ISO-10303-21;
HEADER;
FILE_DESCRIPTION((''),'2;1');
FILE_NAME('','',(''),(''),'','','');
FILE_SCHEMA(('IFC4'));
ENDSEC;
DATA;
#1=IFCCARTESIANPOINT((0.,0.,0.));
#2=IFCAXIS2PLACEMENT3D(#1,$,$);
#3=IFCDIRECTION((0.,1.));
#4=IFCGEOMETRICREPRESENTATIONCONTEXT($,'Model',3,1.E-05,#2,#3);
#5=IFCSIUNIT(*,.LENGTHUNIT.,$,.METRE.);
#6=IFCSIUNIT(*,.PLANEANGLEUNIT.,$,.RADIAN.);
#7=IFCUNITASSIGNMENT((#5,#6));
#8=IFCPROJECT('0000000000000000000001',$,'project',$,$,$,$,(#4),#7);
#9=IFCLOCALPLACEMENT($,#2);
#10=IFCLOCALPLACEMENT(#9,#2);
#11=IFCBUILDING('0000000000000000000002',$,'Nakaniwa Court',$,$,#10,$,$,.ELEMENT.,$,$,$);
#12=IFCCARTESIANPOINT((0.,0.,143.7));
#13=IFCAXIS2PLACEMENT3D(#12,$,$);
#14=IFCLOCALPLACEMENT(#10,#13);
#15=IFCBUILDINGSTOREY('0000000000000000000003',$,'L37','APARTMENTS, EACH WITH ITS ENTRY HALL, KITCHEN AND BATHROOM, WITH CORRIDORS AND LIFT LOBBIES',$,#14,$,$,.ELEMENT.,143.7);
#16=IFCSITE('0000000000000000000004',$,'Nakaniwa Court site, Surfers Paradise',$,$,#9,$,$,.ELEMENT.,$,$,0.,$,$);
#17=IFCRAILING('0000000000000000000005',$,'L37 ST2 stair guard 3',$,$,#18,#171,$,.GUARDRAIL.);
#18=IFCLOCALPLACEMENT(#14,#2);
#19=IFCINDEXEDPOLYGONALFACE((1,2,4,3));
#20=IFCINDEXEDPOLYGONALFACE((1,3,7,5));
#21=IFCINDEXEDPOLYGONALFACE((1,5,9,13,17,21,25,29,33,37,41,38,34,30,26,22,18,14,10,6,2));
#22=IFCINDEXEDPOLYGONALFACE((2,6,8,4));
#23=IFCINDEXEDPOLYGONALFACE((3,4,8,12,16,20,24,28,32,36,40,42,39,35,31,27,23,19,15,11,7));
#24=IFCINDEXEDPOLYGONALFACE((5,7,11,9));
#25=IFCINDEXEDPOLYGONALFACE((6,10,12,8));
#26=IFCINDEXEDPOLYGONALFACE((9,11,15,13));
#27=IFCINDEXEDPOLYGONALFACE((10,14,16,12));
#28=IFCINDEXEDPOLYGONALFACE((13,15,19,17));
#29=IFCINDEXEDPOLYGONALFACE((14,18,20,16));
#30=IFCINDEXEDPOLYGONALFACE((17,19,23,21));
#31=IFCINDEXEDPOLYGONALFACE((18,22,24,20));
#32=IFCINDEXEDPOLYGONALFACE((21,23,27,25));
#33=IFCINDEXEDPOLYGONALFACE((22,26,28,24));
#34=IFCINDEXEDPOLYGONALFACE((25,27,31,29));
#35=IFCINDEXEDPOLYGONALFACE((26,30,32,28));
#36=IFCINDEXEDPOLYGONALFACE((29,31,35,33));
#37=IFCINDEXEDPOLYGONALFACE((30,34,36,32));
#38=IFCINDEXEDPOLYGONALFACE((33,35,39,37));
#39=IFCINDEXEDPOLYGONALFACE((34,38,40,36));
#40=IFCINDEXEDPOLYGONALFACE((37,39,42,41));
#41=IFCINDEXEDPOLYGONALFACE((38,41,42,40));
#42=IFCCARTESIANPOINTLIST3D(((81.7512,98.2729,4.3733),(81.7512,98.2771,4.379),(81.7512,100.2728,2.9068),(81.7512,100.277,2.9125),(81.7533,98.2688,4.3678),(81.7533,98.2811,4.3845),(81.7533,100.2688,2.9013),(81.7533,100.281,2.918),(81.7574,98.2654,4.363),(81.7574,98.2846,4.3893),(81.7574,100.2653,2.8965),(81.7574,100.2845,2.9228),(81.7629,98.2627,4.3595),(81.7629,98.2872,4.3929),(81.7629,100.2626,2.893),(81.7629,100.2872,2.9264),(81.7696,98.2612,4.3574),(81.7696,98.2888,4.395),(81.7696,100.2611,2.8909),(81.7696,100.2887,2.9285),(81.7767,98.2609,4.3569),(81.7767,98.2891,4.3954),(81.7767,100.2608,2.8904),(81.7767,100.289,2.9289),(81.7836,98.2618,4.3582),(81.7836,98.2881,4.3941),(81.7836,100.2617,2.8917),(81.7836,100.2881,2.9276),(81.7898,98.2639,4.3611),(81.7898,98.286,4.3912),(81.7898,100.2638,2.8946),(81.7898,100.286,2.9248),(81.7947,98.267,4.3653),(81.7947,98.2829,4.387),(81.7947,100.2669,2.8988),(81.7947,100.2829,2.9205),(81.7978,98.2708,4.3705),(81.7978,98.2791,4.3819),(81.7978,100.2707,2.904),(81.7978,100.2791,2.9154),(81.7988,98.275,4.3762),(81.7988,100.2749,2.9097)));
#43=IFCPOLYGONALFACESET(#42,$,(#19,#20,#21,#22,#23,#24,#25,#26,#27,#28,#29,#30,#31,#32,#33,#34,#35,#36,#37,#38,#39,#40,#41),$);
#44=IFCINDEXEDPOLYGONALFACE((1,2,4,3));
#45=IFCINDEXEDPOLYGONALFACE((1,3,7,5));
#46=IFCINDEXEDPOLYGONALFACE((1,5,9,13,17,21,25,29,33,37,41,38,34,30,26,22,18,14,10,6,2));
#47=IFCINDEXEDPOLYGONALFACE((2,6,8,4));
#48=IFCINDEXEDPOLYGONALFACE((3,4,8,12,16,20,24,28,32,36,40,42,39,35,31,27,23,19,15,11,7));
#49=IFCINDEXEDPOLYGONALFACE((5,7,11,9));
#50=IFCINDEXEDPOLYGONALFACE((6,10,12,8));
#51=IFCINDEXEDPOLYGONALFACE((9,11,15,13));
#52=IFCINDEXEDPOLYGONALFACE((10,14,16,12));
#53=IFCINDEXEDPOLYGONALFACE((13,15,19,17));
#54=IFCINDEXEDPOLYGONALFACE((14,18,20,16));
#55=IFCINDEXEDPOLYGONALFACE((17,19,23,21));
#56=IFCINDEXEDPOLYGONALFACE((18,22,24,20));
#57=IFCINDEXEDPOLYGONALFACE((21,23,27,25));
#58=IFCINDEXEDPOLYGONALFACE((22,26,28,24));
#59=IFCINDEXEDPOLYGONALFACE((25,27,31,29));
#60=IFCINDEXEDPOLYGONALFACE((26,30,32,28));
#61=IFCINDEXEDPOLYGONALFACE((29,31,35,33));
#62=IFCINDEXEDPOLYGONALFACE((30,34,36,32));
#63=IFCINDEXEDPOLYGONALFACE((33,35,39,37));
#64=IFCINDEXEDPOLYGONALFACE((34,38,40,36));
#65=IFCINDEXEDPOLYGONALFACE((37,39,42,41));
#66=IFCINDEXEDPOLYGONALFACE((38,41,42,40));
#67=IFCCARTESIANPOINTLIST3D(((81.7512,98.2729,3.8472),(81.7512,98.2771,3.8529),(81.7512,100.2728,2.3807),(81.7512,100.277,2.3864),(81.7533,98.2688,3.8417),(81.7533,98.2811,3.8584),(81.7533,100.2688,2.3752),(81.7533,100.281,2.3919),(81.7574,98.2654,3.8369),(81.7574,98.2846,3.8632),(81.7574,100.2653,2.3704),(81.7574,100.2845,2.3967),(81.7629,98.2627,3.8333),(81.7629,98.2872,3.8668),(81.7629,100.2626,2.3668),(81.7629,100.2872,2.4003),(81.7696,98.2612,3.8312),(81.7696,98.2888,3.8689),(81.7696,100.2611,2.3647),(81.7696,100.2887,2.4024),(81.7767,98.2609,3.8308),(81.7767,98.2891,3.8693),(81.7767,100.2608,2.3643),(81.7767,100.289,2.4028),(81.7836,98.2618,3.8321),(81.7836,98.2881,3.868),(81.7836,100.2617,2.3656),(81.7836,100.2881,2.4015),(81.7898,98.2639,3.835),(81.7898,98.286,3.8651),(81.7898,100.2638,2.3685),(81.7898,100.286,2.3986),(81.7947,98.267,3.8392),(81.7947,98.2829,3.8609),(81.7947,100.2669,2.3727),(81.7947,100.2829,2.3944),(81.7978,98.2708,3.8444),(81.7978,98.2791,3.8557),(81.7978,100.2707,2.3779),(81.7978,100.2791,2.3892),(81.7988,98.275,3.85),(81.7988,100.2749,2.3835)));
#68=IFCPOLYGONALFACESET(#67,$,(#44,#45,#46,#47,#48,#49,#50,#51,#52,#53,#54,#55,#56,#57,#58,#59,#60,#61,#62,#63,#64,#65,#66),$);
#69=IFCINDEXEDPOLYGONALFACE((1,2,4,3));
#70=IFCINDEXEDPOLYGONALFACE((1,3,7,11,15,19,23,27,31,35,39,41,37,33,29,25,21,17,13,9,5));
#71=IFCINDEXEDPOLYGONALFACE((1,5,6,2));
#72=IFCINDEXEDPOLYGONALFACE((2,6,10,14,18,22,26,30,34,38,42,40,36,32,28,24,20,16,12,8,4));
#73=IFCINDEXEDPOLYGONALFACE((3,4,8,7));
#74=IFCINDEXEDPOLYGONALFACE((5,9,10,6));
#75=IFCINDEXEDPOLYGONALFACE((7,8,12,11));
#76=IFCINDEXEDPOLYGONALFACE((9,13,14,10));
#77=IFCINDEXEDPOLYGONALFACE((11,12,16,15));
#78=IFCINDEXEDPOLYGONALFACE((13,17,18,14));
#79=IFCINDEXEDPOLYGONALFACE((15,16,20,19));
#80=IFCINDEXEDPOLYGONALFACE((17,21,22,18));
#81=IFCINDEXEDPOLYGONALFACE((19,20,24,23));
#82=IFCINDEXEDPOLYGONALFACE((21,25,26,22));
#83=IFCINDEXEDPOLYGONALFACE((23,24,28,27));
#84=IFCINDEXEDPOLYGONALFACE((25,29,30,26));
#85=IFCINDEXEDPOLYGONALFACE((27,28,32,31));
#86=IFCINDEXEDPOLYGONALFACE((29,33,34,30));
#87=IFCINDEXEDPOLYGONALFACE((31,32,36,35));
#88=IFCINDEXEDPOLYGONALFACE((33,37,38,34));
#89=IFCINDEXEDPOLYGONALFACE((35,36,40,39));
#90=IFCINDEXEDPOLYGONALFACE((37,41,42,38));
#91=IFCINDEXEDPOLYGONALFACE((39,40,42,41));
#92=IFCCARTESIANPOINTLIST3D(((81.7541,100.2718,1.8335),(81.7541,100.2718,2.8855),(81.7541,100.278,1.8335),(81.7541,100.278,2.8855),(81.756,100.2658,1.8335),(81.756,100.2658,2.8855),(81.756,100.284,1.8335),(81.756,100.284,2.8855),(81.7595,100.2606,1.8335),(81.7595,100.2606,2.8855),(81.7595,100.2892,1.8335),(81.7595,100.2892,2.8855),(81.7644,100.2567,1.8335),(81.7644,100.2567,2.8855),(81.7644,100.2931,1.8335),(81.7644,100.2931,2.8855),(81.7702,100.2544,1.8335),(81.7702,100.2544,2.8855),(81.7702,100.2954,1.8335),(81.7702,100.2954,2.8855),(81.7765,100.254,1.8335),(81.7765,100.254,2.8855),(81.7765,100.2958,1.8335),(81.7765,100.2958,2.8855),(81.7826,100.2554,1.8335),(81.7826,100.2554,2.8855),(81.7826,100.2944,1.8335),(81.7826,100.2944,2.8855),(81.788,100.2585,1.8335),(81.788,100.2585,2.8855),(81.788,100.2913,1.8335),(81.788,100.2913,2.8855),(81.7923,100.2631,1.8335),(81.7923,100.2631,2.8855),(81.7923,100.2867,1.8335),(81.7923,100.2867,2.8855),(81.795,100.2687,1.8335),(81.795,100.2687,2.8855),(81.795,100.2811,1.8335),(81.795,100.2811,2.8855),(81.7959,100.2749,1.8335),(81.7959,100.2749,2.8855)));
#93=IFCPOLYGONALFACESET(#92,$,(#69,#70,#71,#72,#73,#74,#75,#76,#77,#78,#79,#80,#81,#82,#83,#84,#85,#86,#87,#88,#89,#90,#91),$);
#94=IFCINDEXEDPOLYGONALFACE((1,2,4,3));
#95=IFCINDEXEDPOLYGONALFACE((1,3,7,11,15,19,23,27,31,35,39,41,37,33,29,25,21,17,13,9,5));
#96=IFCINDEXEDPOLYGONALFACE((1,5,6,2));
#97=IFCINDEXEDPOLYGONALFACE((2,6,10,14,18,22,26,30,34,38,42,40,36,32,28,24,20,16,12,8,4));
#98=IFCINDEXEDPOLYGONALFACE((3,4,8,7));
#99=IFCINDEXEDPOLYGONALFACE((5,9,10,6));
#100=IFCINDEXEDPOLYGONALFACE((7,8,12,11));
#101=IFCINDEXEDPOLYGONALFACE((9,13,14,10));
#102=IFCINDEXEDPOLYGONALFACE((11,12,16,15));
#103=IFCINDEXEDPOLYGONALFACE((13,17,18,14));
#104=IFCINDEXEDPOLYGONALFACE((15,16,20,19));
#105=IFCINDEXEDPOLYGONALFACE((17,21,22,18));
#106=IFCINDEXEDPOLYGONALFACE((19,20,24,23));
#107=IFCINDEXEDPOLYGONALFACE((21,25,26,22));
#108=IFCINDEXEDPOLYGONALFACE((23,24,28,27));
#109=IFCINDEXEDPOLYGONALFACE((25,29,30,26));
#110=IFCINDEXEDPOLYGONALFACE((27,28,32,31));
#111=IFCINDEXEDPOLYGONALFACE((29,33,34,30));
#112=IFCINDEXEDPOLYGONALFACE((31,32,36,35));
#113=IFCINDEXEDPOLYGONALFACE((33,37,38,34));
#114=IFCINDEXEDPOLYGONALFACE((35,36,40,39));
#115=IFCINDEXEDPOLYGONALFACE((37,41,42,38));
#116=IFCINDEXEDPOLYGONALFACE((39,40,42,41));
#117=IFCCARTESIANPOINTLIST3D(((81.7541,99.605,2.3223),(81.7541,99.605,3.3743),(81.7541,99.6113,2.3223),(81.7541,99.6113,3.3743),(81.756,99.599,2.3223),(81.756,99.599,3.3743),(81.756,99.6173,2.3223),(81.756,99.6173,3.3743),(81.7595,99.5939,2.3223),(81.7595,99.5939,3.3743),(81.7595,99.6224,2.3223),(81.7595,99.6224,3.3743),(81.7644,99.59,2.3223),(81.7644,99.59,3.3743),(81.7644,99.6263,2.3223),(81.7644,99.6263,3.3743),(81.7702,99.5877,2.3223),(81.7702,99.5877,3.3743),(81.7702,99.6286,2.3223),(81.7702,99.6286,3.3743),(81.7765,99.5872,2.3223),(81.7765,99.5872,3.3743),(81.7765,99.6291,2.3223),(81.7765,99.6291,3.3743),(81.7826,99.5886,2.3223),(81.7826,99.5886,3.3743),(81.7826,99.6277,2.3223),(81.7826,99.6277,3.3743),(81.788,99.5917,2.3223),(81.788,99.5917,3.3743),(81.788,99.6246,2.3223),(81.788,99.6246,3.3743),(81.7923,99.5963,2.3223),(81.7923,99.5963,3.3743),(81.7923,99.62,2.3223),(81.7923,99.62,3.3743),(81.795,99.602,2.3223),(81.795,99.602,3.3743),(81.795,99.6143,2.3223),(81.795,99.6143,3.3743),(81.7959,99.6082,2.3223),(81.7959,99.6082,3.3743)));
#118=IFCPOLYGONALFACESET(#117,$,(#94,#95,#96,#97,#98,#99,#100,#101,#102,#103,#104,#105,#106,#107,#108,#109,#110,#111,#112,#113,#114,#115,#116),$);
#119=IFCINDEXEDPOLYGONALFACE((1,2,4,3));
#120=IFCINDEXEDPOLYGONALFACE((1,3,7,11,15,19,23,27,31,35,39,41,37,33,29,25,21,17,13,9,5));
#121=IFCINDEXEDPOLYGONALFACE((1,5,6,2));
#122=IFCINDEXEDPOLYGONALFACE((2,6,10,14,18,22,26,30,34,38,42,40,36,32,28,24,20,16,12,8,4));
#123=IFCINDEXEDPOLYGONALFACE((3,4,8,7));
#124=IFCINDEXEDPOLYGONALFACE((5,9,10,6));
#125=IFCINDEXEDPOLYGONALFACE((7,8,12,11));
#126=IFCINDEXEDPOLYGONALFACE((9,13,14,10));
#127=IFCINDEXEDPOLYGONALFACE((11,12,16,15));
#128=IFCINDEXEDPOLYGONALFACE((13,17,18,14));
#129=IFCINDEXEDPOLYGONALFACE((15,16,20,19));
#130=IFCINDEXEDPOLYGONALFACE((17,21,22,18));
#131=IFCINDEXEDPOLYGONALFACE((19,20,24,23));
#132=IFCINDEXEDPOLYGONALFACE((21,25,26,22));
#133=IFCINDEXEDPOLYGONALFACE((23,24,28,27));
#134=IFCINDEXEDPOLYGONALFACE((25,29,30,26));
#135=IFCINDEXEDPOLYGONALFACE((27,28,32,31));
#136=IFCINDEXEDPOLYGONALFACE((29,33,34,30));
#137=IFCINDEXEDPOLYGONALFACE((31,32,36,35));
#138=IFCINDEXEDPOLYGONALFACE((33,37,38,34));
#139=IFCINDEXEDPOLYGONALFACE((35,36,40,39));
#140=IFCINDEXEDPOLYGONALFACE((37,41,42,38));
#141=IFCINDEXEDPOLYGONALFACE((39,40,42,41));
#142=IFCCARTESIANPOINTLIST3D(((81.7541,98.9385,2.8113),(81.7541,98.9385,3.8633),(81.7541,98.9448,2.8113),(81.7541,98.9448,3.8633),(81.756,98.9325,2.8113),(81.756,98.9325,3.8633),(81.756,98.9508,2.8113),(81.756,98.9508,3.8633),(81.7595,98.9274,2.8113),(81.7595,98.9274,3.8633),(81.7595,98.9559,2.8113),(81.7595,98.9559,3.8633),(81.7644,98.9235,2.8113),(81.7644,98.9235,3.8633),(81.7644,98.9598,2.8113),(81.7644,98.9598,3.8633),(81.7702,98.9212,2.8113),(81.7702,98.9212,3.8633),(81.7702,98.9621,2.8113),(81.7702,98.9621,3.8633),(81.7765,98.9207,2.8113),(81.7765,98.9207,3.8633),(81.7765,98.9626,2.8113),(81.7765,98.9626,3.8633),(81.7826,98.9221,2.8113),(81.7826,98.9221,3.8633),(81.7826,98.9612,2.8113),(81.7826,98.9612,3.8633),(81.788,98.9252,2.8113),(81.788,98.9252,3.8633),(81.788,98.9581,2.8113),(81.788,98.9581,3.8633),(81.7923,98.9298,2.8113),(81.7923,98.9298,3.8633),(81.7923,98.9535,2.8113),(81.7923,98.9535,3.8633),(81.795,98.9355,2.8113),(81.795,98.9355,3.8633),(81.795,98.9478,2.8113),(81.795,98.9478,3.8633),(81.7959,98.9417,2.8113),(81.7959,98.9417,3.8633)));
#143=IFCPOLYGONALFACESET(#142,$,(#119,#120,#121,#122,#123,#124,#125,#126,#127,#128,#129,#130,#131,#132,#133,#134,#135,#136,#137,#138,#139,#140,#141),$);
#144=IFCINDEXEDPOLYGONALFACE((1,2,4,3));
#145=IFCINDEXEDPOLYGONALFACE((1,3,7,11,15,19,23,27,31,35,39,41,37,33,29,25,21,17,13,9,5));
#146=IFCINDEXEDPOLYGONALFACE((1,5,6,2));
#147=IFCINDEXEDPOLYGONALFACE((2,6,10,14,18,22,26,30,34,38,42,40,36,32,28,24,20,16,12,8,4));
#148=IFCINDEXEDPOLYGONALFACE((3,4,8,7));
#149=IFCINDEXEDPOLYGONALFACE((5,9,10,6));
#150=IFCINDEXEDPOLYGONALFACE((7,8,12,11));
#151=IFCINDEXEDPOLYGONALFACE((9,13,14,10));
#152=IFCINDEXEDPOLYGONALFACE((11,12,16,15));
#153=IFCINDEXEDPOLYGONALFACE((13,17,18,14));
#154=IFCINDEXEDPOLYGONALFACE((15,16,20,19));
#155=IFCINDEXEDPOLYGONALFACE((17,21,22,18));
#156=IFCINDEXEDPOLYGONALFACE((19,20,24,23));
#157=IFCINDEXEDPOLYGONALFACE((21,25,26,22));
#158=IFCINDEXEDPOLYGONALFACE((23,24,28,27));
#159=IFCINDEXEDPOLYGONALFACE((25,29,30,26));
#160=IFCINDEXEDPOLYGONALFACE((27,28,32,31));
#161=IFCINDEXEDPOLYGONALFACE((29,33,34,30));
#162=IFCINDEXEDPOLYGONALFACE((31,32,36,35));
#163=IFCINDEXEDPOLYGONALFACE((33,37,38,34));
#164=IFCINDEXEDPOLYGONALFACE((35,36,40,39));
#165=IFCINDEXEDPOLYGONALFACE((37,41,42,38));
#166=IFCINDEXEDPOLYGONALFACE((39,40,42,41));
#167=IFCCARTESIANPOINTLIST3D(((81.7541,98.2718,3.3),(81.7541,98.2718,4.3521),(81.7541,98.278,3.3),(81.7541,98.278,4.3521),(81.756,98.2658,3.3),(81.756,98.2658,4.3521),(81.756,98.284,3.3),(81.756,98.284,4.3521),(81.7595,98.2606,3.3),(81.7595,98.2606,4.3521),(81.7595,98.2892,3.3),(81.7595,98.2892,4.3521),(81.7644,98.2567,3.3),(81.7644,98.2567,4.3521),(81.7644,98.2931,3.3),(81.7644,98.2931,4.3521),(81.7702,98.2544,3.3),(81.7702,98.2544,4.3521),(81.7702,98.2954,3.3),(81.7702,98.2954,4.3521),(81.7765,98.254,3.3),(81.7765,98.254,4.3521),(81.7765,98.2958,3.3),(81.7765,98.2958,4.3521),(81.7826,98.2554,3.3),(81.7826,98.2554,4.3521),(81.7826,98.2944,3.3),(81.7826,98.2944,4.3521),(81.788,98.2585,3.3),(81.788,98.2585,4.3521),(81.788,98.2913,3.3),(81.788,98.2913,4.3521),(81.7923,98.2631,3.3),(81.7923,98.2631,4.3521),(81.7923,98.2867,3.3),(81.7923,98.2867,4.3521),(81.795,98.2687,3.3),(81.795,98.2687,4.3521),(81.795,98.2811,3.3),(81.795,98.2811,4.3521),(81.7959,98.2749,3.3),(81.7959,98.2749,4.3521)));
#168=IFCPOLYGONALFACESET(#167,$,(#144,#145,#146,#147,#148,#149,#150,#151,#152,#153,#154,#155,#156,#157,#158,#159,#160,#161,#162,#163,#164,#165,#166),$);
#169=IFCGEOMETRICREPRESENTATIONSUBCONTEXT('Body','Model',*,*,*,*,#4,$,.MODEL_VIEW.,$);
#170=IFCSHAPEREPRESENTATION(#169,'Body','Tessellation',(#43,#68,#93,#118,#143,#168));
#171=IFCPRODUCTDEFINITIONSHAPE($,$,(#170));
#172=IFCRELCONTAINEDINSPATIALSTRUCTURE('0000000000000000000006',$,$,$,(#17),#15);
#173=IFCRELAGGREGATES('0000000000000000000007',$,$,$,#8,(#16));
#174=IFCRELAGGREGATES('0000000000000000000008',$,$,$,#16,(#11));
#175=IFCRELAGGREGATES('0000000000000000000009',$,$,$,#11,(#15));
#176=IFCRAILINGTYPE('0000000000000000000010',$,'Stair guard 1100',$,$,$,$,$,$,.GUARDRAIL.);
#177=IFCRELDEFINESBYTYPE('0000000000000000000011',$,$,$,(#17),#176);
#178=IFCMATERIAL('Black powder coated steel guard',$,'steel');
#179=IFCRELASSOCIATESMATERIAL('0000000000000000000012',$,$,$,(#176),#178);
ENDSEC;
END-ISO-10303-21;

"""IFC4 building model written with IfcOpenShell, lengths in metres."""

from ifc_helpers import new_model, si_unit, direction, frame, origin, origin_2d, place, context, subcontext, project, spatial, circle, extrude, material, type_object, element, save


model = new_model("IFC4")

# Units and contexts
model_context = context("Model", 3, precision=1e-05, world=origin(), true_north=direction((0.0, 1.0)))
body_context = subcontext(model_context, "Body", "Model", "MODEL_VIEW")
ifc_project = project(units=[si_unit("LENGTHUNIT", "METRE"), si_unit("PLANEANGLEUNIT", "RADIAN")], contexts=[model_context])

# Site, building, storey
site_placement = place(None, origin())
site = spatial("IfcSite", under=ifc_project, at=site_placement, Name="Nakaniwa Court site, Surfers Paradise", CompositionType="ELEMENT", RefElevation=0.0)
building_placement = place(site_placement, origin())
building = spatial("IfcBuilding", under=site, at=building_placement, Name="Nakaniwa Court", CompositionType="ELEMENT")
storey_placement = place(building_placement, frame((0.0, 0.0, 143.7)))
storey = spatial("IfcBuildingStorey", under=building, at=storey_placement, Name="L37", Description="APARTMENTS, EACH WITH ITS ENTRY HALL, KITCHEN AND BATHROOM, WITH CORRIDORS AND LIFT LOBBIES", CompositionType="ELEMENT", Elevation=143.7)

# Railing
ifc_material_1 = material(Name="Black powder coated steel guard", Category="steel")
railing_type_1 = type_object("IfcRailingType", Name="Stair guard 1100", PredefinedType="GUARDRAIL", material=ifc_material_1)
railing_1_placement = place(storey_placement, frame((81.7749, 100.2749, 1.8335)))
element("IfcRailing", 1, at=railing_1_placement, inside=storey, type_object=railing_type_1, Name="L37 ST2 stair guard 3", PredefinedType="GUARDRAIL", context=body_context, shape_type="SweptSolid", body=[
    extrude(circle(Radius=0.0239, at=origin_2d()), frame((0.0, 0.0, 1.0762), z_axis=(0.0, -0.806427, 0.591334), x_axis=(1.0, 0.0, 0.0)), (0.0, 0.0, 1.0), 2.48),
    extrude(circle(Radius=0.0239, at=origin_2d()), frame((0.0, 0.0, 0.55), z_axis=(0.0, -0.806427, 0.591334), x_axis=(1.0, 0.0, 0.0)), (0.0, 0.0, 1.0), 2.48),
    extrude(circle(Radius=0.021, at=origin_2d()), origin(), (0.0, 0.0, 1.0), 1.052),
    extrude(circle(Radius=0.021, at=origin_2d()), frame((0.0, -0.6667, 0.4888)), (0.0, 0.0, 1.0), 1.052),
    extrude(circle(Radius=0.021, at=origin_2d()), frame((0.0, -1.3333, 0.9778)), (0.0, 0.0, 1.0), 1.052),
    extrude(circle(Radius=0.021, at=origin_2d()), frame((0.0, -2.0, 1.4666)), (0.0, 0.0, 1.0), 1.052),
])

save(model, "model.ifc")
